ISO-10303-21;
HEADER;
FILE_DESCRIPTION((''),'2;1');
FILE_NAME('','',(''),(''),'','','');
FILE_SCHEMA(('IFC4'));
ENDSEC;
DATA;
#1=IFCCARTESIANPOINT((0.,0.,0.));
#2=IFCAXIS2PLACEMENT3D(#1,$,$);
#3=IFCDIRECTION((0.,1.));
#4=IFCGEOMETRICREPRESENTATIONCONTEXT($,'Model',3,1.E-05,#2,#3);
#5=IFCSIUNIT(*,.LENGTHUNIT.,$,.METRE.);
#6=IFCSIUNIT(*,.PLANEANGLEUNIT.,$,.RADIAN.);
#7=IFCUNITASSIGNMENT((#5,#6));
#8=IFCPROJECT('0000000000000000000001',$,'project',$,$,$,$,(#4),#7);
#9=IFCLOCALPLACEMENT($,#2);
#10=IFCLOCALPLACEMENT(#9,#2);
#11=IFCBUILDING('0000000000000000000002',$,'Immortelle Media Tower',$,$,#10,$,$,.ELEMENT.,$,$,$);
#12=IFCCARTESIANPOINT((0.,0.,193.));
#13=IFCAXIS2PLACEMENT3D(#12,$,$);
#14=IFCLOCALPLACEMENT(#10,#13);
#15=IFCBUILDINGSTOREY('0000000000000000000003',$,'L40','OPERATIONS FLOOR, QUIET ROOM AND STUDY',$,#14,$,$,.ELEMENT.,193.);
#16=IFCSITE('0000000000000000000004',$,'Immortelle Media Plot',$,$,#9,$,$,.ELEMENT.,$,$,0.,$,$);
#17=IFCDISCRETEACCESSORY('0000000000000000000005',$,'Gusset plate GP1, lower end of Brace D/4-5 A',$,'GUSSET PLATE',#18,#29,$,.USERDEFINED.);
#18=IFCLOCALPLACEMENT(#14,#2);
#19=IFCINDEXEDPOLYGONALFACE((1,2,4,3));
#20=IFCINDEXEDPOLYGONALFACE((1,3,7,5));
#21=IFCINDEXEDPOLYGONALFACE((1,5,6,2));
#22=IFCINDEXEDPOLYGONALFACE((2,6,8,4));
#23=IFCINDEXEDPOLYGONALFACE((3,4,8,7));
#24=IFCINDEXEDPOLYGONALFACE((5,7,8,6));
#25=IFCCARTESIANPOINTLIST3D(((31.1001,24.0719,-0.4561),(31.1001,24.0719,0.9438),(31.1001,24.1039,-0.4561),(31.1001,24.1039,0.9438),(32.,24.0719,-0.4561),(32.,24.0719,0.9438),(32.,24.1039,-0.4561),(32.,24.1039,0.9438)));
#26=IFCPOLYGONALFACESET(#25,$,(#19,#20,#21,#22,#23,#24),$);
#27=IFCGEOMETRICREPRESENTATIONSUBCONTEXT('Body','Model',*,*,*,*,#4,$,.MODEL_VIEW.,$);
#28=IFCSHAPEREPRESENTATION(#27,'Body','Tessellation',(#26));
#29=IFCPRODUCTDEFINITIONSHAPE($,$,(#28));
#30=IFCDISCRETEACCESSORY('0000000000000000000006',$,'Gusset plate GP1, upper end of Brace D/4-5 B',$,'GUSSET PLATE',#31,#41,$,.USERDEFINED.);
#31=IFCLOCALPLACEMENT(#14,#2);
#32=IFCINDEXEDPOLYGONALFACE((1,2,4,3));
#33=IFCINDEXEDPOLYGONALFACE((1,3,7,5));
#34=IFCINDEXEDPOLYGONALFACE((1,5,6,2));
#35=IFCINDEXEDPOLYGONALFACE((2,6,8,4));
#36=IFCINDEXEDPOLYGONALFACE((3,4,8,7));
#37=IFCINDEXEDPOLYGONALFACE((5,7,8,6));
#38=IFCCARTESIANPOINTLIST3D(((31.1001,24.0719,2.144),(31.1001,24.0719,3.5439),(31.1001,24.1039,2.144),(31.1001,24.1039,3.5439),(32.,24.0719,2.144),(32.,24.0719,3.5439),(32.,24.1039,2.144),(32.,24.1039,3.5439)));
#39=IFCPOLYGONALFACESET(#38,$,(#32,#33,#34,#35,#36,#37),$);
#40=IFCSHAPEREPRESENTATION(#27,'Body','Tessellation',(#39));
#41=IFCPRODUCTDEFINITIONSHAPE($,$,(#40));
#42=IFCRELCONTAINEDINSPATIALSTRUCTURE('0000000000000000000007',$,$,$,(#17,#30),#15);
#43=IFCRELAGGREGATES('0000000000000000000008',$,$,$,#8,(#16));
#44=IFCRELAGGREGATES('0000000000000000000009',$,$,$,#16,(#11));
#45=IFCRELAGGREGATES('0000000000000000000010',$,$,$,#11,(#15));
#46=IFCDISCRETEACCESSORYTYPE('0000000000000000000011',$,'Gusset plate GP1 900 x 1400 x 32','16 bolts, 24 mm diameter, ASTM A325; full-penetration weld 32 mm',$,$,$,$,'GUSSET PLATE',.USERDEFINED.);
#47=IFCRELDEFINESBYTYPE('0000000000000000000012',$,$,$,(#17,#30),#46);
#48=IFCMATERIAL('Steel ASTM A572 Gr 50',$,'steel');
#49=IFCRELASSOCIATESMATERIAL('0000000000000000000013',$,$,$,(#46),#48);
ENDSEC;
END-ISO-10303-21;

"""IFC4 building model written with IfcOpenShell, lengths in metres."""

from ifc_helpers import new_model, si_unit, direction, frame, origin, origin_2d, place, context, subcontext, project, spatial, rectangle, extrude, material, material_profile, profile_set, type_object, element, save


model = new_model("IFC4")

# Units and contexts
model_context = context("Model", 3, precision=1e-05, world=origin(), true_north=direction((0.0, 1.0)))
body_context = subcontext(model_context, "Body", "Model", "MODEL_VIEW")
ifc_project = project(units=[si_unit("LENGTHUNIT", "METRE"), si_unit("PLANEANGLEUNIT", "RADIAN")], contexts=[model_context])

# Site, building, storey
site_placement = place(None, origin())
site = spatial("IfcSite", under=ifc_project, at=site_placement, Name="Immortelle Media Plot", CompositionType="ELEMENT", RefElevation=0.0)
building_placement = place(site_placement, origin())
building = spatial("IfcBuilding", under=site, at=building_placement, Name="Immortelle Media Tower", CompositionType="ELEMENT")
storey_placement = place(building_placement, frame((0.0, 0.0, 193.0)))
storey = spatial("IfcBuildingStorey", under=building, at=storey_placement, Name="L40", Description="OPERATIONS FLOOR, QUIET ROOM AND STUDY", CompositionType="ELEMENT", Elevation=193.0)

# Discrete accessories
ifc_material_1 = material(Name="Steel ASTM A572 Gr 50", Category="steel")
ifc_material_profile_1 = material_profile(ifc_material_1, rectangle(XDim=0.032, YDim=1.3999, at=origin_2d()), Name="PL 32 x 1400")
ifc_profile_set_1 = profile_set([ifc_material_profile_1], Name="Steel ASTM A572 Gr 50")
discrete_accessory_type = type_object("IfcDiscreteAccessoryType", Name="Gusset plate GP1 900 x 1400 x 32", Description="16 bolts, 24 mm diameter, ASTM A325; full-penetration weld 32 mm", ElementType="GUSSET PLATE", PredefinedType="USERDEFINED", material=ifc_profile_set_1)
for number, where, z_axis, x_axis, name in (
    (1, (32.0, 24.0879, 0.2439), (-1.0, 0.0, 0.0), (0.0, -1.0, 0.0), "Gusset plate GP1, lower end of Brace D/4-5 A"),
    (2, (32.0, 24.0879, 2.844), (-1.0, 0.0, 0.0), (0.0, -1.0, 0.0), "Gusset plate GP1, upper end of Brace D/4-5 B"),
):
    element("IfcDiscreteAccessory", number, at=place(storey_placement, frame(where, z_axis=z_axis, x_axis=x_axis)), inside=storey, type_object=discrete_accessory_type, Name=name, ObjectType="GUSSET PLATE", PredefinedType="USERDEFINED", context=body_context, shape_type="SweptSolid", body=[
        extrude(rectangle(XDim=0.032, YDim=1.3999, at=origin_2d()), origin(), (0.0, 0.0, 1.0), 0.8999),
    ])

save(model, "model.ifc")
